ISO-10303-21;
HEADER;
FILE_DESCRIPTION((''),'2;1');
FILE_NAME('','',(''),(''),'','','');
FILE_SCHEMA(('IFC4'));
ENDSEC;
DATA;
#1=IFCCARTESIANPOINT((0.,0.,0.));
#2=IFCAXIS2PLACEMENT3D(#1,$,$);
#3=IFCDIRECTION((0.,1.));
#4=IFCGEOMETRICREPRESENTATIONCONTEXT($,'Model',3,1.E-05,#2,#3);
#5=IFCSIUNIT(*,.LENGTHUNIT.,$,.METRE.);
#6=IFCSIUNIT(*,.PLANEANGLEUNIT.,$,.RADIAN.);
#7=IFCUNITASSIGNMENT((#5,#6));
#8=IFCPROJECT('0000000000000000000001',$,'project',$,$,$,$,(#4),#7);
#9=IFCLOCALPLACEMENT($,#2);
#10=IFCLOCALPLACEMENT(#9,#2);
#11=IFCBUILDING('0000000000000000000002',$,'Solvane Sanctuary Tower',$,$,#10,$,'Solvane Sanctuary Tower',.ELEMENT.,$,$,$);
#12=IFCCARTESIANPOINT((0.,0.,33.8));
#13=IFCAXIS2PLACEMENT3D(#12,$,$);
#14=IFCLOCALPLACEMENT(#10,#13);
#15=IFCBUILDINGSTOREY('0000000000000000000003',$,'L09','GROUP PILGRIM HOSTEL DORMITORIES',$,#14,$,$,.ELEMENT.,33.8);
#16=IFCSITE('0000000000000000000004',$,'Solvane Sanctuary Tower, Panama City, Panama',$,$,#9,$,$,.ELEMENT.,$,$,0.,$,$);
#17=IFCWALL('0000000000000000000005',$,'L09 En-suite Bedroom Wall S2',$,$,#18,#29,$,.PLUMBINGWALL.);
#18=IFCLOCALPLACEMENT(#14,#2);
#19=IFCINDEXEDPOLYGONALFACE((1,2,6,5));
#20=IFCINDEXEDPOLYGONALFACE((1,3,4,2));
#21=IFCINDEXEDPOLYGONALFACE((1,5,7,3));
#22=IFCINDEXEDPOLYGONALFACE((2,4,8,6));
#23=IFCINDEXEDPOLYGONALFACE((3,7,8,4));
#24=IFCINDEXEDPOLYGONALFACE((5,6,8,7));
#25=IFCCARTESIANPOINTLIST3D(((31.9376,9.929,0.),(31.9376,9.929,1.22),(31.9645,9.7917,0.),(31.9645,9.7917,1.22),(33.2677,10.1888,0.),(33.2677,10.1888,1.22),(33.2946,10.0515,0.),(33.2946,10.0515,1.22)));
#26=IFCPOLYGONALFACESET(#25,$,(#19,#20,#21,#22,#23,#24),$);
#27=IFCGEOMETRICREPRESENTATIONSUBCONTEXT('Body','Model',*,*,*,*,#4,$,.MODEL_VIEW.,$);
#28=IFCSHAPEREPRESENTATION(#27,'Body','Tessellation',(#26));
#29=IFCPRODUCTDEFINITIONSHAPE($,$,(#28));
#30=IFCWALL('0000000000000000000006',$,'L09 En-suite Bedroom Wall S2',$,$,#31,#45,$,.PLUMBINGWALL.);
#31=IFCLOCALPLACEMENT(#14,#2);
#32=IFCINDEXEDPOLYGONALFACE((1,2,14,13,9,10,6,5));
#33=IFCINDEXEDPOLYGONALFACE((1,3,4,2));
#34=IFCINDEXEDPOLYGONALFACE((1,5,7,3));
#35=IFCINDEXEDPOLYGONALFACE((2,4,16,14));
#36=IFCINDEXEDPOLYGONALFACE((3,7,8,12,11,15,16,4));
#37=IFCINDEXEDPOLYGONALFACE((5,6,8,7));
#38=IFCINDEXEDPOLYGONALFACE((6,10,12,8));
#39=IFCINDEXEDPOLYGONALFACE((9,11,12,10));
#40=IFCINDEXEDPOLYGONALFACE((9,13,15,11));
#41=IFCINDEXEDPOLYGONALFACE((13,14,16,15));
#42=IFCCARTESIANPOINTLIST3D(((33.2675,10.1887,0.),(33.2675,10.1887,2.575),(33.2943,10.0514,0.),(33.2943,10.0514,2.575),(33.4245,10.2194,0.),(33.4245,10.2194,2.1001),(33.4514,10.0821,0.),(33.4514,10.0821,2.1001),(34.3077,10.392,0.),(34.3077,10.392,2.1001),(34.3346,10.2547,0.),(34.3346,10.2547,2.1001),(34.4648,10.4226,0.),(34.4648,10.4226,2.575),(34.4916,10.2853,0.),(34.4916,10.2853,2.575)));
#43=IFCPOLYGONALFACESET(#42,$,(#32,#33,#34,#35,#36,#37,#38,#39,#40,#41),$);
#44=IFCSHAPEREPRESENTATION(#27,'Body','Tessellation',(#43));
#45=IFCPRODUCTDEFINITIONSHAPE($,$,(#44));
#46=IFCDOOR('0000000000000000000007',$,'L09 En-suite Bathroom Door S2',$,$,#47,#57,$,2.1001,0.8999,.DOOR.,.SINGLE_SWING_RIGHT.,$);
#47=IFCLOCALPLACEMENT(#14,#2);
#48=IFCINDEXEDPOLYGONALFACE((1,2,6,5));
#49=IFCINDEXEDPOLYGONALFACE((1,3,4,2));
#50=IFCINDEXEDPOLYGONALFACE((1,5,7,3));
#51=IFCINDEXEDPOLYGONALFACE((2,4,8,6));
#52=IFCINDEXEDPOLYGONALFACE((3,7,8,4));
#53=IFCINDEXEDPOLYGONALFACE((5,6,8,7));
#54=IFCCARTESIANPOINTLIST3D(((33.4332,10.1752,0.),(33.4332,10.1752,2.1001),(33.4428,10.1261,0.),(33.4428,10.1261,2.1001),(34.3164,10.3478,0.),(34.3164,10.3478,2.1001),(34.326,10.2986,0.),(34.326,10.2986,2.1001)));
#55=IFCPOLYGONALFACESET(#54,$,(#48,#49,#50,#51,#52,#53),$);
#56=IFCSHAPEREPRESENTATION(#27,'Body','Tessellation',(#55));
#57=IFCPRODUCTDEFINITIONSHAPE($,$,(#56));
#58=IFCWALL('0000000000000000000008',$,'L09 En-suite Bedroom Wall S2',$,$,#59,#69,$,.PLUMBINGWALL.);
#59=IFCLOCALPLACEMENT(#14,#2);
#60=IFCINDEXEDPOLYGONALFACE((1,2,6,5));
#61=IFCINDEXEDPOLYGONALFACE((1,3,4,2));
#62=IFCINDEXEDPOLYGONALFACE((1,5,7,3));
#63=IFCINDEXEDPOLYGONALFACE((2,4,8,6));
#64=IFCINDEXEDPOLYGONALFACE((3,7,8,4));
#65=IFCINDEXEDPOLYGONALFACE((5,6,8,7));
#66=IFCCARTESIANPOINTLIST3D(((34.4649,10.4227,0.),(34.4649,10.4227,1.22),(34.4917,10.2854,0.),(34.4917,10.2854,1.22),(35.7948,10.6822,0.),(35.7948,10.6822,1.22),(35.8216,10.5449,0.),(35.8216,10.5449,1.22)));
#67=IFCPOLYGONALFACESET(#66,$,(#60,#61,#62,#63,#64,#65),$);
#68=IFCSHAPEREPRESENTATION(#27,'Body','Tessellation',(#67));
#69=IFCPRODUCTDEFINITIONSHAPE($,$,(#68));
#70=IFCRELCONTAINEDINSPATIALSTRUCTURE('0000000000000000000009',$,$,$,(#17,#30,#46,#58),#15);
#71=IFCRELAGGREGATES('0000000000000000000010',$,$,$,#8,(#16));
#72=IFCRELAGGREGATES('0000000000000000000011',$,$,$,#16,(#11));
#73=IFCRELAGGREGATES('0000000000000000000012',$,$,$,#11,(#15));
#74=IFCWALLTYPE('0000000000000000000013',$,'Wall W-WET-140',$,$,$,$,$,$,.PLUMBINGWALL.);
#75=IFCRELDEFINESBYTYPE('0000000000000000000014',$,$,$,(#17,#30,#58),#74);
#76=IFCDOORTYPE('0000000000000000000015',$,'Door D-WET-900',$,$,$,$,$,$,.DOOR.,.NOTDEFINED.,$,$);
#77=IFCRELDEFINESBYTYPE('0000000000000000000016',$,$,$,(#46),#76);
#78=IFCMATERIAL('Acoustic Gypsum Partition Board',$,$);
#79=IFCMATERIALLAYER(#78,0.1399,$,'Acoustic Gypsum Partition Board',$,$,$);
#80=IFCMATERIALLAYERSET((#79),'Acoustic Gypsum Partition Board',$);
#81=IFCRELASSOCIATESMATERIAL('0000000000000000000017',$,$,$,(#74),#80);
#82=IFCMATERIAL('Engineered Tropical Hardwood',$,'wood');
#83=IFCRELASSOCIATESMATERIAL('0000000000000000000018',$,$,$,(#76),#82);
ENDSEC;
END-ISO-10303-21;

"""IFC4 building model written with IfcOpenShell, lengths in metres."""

from ifc_helpers import new_model, si_unit, direction, frame, frame_2d, origin, place, context, subcontext, project, spatial, rectangle, extrude, material, layer, layer_set, type_object, element, fill, save


model = new_model("IFC4")

# Units and contexts
model_context = context("Model", 3, precision=1e-05, world=origin(), true_north=direction((0.0, 1.0)))
body_context = subcontext(model_context, "Body", "Model", "MODEL_VIEW")
ifc_project = project(units=[si_unit("LENGTHUNIT", "METRE"), si_unit("PLANEANGLEUNIT", "RADIAN")], contexts=[model_context])

# Site, building, storey
site_placement = place(None, origin())
site = spatial("IfcSite", under=ifc_project, at=site_placement, Name="Solvane Sanctuary Tower, Panama City, Panama", CompositionType="ELEMENT", RefElevation=0.0)
building_placement = place(site_placement, origin())
building = spatial("IfcBuilding", under=site, at=building_placement, Name="Solvane Sanctuary Tower", LongName="Solvane Sanctuary Tower", CompositionType="ELEMENT")
storey_placement = place(building_placement, frame((0.0, 0.0, 33.8)))
storey = spatial("IfcBuildingStorey", under=building, at=storey_placement, Name="L09", Description="GROUP PILGRIM HOSTEL DORMITORIES", CompositionType="ELEMENT", Elevation=33.8)

# Shared definitions
ifc_material_1 = material(Name="Acoustic Gypsum Partition Board")

# Shared definitions
ifc_material_2 = material(Name="Engineered Tropical Hardwood", Category="wood")

# Wall
ifc_layer_1 = layer(ifc_material_1, 0.1399, Name="Acoustic Gypsum Partition Board")
ifc_layer_set_1 = layer_set([ifc_layer_1], Name="Acoustic Gypsum Partition Board")
wall_type_1 = type_object("IfcWallType", Name="Wall W-WET-140", PredefinedType="PLUMBINGWALL", material=ifc_layer_set_1)
wall_1_placement = place(storey_placement, frame((31.9509, 9.8604, 0.0), z_axis=(0.0, 0.0, 1.0), x_axis=(0.981458, 0.19168, 0.0)))
element("IfcWall", 1, at=wall_1_placement, inside=storey, type_object=wall_type_1, Name="L09 En-suite Bedroom Wall S2", PredefinedType="PLUMBINGWALL", context=body_context, shape_type="SweptSolid", body=[
    extrude(rectangle(XDim=1.3552, YDim=0.1399, at=frame_2d((0.6777, 0.0))), origin(), (0.0, 0.0, 1.0), 1.22),
])

# Wall, opening, door
wall_2_placement = place(storey_placement, frame((33.281, 10.1201, 0.0), z_axis=(0.0, 0.0, 1.0), x_axis=(0.981448, 0.191727, 0.0)))
wall_2 = element("IfcWall", 2, at=wall_2_placement, inside=storey, type_object=wall_type_1, Name="L09 En-suite Bedroom Wall S2", PredefinedType="PLUMBINGWALL", context=body_context, shape_type="SweptSolid", body=[
    extrude(rectangle(XDim=1.22, YDim=0.1399, at=frame_2d((0.6099, 0.0))), origin(), (0.0, 0.0, 1.0), 2.575),
])
opening_1_placement = place(wall_2_placement, frame((0.1599, 0.0, 0.0)))
opening_1 = element("IfcOpeningElement", 3, at=opening_1_placement, cuts=wall_2, PredefinedType="OPENING", context=body_context, shape_type="SweptSolid", body=[
    extrude(rectangle(XDim=0.8999, YDim=2.1001, at=frame_2d((0.45, 1.05))), frame((0.0, 0.0798, 0.0), z_axis=(0.0, -1.0, 0.0), x_axis=(1.0, 0.0, 0.0)), (0.0, 0.0, 1.0), 0.1599),
])
door_type_1 = type_object("IfcDoorType", Name="Door D-WET-900", OperationType="NOTDEFINED", PredefinedType="DOOR", material=ifc_material_2)
door_1_placement = place(opening_1_placement, origin())
door_1 = element("IfcDoor", 4, at=door_1_placement, inside=storey, type_object=door_type_1, Name="L09 En-suite Bathroom Door S2", OperationType="SINGLE_SWING_RIGHT", OverallHeight=2.1001, OverallWidth=0.8999, PredefinedType="DOOR", context=body_context, shape_type="SweptSolid", body=[
    extrude(rectangle(XDim=0.8999, YDim=2.1001, at=frame_2d((0.45, 1.05))), frame((0.0, 0.0249, 0.0), z_axis=(0.0, -1.0, 0.0), x_axis=(1.0, 0.0, 0.0)), (0.0, 0.0, 1.0), 0.05),
])
fill(opening_1, door_1)

# Wall
wall_3_placement = place(storey_placement, frame((34.4783, 10.354, 0.0), z_axis=(0.0, 0.0, 1.0), x_axis=(0.981485, 0.19154, 0.0)))
element("IfcWall", 5, at=wall_3_placement, inside=storey, type_object=wall_type_1, Name="L09 En-suite Bedroom Wall S2", PredefinedType="PLUMBINGWALL", context=body_context, shape_type="SweptSolid", body=[
    extrude(rectangle(XDim=1.355, YDim=0.1399, at=frame_2d((0.6775, 0.0))), origin(), (0.0, 0.0, 1.0), 1.22),
])

save(model, "model.ifc")
